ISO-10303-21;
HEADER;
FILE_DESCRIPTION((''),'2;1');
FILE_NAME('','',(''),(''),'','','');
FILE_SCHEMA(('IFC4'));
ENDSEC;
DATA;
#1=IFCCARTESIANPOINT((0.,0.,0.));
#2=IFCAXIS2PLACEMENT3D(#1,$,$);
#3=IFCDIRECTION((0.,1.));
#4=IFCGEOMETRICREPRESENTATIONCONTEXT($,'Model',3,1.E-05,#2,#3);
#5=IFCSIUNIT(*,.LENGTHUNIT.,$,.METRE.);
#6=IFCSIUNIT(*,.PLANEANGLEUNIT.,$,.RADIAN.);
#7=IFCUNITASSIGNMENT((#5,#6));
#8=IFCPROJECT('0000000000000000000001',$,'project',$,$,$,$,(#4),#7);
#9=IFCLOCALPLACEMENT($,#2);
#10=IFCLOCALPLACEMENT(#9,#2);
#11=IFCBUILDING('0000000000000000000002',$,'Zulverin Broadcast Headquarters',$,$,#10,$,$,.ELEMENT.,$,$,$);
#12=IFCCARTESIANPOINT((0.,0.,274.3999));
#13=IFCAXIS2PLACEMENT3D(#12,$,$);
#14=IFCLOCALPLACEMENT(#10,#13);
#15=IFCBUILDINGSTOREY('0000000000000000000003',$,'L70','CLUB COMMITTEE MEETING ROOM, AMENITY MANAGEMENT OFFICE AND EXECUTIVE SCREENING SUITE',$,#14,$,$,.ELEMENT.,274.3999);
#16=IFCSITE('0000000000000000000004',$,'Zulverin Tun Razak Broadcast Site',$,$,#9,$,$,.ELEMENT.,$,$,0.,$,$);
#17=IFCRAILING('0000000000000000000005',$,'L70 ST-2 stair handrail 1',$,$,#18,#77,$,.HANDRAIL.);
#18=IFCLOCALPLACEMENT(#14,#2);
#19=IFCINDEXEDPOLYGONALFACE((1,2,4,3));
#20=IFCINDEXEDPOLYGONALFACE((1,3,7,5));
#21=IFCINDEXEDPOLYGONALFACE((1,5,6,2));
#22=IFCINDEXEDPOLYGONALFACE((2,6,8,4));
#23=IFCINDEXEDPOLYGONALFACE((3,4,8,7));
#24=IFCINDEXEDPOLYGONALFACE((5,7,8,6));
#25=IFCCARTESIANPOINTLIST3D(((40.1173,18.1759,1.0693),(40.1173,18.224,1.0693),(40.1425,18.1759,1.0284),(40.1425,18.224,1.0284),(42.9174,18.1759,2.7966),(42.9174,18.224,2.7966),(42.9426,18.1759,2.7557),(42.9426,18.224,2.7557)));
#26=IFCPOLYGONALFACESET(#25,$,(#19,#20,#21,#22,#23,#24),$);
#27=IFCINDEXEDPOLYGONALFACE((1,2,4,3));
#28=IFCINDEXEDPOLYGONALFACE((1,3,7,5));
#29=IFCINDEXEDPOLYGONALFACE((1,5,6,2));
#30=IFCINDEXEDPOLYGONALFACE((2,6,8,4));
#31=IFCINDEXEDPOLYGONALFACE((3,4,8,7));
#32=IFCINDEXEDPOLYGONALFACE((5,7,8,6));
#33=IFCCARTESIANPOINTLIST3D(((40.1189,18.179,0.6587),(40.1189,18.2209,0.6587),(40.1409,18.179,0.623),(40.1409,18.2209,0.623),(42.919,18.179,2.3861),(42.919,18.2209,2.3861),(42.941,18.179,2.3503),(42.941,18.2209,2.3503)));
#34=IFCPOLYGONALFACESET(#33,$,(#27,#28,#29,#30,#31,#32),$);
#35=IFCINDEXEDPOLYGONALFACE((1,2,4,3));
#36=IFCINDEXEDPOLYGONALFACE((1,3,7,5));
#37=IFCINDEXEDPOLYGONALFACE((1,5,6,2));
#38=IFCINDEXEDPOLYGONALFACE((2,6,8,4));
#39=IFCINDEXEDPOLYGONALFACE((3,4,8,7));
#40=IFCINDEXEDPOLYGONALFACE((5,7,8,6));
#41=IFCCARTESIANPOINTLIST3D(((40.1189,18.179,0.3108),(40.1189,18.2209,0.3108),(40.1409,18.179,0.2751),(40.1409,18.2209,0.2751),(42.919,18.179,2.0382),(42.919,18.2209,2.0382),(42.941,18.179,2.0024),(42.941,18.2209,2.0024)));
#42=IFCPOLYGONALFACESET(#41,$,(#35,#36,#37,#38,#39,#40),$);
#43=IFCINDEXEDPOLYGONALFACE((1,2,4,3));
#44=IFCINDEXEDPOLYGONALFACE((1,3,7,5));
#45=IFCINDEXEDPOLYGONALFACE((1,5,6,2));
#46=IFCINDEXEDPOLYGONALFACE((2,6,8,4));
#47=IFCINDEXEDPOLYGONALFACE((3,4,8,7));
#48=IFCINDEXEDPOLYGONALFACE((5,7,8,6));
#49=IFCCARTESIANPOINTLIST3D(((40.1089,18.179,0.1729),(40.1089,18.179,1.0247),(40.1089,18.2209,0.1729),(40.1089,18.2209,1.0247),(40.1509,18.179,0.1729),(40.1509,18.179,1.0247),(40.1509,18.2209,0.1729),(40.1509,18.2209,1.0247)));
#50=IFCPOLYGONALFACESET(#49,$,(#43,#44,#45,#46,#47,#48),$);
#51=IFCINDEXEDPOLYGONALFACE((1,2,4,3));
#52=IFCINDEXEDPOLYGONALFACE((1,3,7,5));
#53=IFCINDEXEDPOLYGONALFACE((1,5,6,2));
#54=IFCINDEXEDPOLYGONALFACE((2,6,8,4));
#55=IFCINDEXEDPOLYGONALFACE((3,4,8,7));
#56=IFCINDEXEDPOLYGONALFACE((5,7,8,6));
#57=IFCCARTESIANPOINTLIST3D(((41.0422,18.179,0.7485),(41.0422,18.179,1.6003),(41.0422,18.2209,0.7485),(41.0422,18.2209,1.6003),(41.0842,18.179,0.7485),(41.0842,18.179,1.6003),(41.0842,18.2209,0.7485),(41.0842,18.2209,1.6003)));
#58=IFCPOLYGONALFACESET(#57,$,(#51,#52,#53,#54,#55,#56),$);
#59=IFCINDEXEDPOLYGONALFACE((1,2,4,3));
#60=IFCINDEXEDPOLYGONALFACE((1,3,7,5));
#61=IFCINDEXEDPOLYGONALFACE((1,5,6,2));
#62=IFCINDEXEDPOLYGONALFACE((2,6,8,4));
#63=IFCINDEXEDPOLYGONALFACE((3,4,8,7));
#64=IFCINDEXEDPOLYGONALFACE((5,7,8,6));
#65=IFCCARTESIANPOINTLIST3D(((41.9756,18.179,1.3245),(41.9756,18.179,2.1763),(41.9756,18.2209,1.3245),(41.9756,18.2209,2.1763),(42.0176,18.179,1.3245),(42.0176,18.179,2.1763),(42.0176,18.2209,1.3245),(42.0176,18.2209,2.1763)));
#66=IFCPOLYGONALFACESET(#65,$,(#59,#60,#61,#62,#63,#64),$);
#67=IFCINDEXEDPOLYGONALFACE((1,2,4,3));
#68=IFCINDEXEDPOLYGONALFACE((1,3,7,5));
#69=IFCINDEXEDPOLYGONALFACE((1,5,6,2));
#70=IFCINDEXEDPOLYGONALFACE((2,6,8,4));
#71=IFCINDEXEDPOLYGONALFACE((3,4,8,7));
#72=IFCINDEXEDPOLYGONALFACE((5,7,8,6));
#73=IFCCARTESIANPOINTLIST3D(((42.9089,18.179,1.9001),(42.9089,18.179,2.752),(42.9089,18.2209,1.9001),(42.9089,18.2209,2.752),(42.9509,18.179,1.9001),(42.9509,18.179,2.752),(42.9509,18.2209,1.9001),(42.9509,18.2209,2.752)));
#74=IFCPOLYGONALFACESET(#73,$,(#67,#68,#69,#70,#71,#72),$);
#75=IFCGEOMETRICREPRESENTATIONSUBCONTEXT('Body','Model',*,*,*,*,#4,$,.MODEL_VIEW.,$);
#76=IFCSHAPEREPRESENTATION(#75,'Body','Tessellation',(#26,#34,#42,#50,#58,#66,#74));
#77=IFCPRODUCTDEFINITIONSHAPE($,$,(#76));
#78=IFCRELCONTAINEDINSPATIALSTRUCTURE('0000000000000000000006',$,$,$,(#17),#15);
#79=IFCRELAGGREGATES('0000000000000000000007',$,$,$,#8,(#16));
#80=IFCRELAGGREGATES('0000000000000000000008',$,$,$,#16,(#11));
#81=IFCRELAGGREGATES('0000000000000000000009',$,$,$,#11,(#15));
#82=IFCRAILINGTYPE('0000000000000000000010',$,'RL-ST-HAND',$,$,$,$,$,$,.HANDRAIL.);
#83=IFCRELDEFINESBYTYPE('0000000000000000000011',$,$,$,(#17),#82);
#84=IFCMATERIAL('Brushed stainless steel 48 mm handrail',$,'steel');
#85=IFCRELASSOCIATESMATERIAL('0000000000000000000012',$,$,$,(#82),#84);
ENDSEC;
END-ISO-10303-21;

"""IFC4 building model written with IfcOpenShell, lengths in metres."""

from ifc_helpers import new_model, si_unit, direction, frame, origin, origin_2d, place, context, subcontext, project, spatial, rectangle, extrude, material, type_object, element, save


model = new_model("IFC4")

# Units and contexts
model_context = context("Model", 3, precision=1e-05, world=origin(), true_north=direction((0.0, 1.0)))
body_context = subcontext(model_context, "Body", "Model", "MODEL_VIEW")
ifc_project = project(units=[si_unit("LENGTHUNIT", "METRE"), si_unit("PLANEANGLEUNIT", "RADIAN")], contexts=[model_context])

# Site, building, storey
site_placement = place(None, origin())
site = spatial("IfcSite", under=ifc_project, at=site_placement, Name="Zulverin Tun Razak Broadcast Site", CompositionType="ELEMENT", RefElevation=0.0)
building_placement = place(site_placement, origin())
building = spatial("IfcBuilding", under=site, at=building_placement, Name="Zulverin Broadcast Headquarters", CompositionType="ELEMENT")
storey_placement = place(building_placement, frame((0.0, 0.0, 274.3999)))
storey = spatial("IfcBuildingStorey", under=building, at=storey_placement, Name="L70", Description="CLUB COMMITTEE MEETING ROOM, AMENITY MANAGEMENT OFFICE AND EXECUTIVE SCREENING SUITE", CompositionType="ELEMENT", Elevation=274.3999)

# Railing
ifc_material_1 = material(Name="Brushed stainless steel 48 mm handrail", Category="steel")
railing_type_1 = type_object("IfcRailingType", Name="RL-ST-HAND", PredefinedType="HANDRAIL", material=ifc_material_1)
railing_1_placement = place(storey_placement, frame((40.1299, 18.2, 0.1729)))
element("IfcRailing", 1, at=railing_1_placement, inside=storey, type_object=railing_type_1, Name="L70 ST-2 stair handrail 1", PredefinedType="HANDRAIL", context=body_context, shape_type="SweptSolid", body=[
    extrude(rectangle(XDim=0.0481, YDim=0.0481, at=origin_2d()), frame((0.0, 0.0, 0.876), z_axis=(0.85109, 0.0, 0.52502), x_axis=(0.0, 1.0, 0.0)), (0.0, 0.0, 1.0), 3.29),
    extrude(rectangle(XDim=0.042, YDim=0.042, at=origin_2d()), frame((0.0, 0.0, 0.468), z_axis=(0.85109, 0.0, 0.52502), x_axis=(0.0, 1.0, 0.0)), (0.0, 0.0, 1.0), 3.29),
    extrude(rectangle(XDim=0.042, YDim=0.042, at=origin_2d()), frame((0.0, 0.0, 0.1201), z_axis=(0.85109, 0.0, 0.52502), x_axis=(0.0, 1.0, 0.0)), (0.0, 0.0, 1.0), 3.29),
    extrude(rectangle(XDim=0.042, YDim=0.042, at=origin_2d()), origin(), (0.0, 0.0, 1.0), 0.8518),
    extrude(rectangle(XDim=0.042, YDim=0.042, at=origin_2d()), frame((0.9333, 0.0, 0.5757)), (0.0, 0.0, 1.0), 0.8518),
    extrude(rectangle(XDim=0.042, YDim=0.042, at=origin_2d()), frame((1.8667, 0.0, 1.1516)), (0.0, 0.0, 1.0), 0.8518),
    extrude(rectangle(XDim=0.042, YDim=0.042, at=origin_2d()), frame((2.8, 0.0, 1.7273)), (0.0, 0.0, 1.0), 0.8518),
])

save(model, "model.ifc")
